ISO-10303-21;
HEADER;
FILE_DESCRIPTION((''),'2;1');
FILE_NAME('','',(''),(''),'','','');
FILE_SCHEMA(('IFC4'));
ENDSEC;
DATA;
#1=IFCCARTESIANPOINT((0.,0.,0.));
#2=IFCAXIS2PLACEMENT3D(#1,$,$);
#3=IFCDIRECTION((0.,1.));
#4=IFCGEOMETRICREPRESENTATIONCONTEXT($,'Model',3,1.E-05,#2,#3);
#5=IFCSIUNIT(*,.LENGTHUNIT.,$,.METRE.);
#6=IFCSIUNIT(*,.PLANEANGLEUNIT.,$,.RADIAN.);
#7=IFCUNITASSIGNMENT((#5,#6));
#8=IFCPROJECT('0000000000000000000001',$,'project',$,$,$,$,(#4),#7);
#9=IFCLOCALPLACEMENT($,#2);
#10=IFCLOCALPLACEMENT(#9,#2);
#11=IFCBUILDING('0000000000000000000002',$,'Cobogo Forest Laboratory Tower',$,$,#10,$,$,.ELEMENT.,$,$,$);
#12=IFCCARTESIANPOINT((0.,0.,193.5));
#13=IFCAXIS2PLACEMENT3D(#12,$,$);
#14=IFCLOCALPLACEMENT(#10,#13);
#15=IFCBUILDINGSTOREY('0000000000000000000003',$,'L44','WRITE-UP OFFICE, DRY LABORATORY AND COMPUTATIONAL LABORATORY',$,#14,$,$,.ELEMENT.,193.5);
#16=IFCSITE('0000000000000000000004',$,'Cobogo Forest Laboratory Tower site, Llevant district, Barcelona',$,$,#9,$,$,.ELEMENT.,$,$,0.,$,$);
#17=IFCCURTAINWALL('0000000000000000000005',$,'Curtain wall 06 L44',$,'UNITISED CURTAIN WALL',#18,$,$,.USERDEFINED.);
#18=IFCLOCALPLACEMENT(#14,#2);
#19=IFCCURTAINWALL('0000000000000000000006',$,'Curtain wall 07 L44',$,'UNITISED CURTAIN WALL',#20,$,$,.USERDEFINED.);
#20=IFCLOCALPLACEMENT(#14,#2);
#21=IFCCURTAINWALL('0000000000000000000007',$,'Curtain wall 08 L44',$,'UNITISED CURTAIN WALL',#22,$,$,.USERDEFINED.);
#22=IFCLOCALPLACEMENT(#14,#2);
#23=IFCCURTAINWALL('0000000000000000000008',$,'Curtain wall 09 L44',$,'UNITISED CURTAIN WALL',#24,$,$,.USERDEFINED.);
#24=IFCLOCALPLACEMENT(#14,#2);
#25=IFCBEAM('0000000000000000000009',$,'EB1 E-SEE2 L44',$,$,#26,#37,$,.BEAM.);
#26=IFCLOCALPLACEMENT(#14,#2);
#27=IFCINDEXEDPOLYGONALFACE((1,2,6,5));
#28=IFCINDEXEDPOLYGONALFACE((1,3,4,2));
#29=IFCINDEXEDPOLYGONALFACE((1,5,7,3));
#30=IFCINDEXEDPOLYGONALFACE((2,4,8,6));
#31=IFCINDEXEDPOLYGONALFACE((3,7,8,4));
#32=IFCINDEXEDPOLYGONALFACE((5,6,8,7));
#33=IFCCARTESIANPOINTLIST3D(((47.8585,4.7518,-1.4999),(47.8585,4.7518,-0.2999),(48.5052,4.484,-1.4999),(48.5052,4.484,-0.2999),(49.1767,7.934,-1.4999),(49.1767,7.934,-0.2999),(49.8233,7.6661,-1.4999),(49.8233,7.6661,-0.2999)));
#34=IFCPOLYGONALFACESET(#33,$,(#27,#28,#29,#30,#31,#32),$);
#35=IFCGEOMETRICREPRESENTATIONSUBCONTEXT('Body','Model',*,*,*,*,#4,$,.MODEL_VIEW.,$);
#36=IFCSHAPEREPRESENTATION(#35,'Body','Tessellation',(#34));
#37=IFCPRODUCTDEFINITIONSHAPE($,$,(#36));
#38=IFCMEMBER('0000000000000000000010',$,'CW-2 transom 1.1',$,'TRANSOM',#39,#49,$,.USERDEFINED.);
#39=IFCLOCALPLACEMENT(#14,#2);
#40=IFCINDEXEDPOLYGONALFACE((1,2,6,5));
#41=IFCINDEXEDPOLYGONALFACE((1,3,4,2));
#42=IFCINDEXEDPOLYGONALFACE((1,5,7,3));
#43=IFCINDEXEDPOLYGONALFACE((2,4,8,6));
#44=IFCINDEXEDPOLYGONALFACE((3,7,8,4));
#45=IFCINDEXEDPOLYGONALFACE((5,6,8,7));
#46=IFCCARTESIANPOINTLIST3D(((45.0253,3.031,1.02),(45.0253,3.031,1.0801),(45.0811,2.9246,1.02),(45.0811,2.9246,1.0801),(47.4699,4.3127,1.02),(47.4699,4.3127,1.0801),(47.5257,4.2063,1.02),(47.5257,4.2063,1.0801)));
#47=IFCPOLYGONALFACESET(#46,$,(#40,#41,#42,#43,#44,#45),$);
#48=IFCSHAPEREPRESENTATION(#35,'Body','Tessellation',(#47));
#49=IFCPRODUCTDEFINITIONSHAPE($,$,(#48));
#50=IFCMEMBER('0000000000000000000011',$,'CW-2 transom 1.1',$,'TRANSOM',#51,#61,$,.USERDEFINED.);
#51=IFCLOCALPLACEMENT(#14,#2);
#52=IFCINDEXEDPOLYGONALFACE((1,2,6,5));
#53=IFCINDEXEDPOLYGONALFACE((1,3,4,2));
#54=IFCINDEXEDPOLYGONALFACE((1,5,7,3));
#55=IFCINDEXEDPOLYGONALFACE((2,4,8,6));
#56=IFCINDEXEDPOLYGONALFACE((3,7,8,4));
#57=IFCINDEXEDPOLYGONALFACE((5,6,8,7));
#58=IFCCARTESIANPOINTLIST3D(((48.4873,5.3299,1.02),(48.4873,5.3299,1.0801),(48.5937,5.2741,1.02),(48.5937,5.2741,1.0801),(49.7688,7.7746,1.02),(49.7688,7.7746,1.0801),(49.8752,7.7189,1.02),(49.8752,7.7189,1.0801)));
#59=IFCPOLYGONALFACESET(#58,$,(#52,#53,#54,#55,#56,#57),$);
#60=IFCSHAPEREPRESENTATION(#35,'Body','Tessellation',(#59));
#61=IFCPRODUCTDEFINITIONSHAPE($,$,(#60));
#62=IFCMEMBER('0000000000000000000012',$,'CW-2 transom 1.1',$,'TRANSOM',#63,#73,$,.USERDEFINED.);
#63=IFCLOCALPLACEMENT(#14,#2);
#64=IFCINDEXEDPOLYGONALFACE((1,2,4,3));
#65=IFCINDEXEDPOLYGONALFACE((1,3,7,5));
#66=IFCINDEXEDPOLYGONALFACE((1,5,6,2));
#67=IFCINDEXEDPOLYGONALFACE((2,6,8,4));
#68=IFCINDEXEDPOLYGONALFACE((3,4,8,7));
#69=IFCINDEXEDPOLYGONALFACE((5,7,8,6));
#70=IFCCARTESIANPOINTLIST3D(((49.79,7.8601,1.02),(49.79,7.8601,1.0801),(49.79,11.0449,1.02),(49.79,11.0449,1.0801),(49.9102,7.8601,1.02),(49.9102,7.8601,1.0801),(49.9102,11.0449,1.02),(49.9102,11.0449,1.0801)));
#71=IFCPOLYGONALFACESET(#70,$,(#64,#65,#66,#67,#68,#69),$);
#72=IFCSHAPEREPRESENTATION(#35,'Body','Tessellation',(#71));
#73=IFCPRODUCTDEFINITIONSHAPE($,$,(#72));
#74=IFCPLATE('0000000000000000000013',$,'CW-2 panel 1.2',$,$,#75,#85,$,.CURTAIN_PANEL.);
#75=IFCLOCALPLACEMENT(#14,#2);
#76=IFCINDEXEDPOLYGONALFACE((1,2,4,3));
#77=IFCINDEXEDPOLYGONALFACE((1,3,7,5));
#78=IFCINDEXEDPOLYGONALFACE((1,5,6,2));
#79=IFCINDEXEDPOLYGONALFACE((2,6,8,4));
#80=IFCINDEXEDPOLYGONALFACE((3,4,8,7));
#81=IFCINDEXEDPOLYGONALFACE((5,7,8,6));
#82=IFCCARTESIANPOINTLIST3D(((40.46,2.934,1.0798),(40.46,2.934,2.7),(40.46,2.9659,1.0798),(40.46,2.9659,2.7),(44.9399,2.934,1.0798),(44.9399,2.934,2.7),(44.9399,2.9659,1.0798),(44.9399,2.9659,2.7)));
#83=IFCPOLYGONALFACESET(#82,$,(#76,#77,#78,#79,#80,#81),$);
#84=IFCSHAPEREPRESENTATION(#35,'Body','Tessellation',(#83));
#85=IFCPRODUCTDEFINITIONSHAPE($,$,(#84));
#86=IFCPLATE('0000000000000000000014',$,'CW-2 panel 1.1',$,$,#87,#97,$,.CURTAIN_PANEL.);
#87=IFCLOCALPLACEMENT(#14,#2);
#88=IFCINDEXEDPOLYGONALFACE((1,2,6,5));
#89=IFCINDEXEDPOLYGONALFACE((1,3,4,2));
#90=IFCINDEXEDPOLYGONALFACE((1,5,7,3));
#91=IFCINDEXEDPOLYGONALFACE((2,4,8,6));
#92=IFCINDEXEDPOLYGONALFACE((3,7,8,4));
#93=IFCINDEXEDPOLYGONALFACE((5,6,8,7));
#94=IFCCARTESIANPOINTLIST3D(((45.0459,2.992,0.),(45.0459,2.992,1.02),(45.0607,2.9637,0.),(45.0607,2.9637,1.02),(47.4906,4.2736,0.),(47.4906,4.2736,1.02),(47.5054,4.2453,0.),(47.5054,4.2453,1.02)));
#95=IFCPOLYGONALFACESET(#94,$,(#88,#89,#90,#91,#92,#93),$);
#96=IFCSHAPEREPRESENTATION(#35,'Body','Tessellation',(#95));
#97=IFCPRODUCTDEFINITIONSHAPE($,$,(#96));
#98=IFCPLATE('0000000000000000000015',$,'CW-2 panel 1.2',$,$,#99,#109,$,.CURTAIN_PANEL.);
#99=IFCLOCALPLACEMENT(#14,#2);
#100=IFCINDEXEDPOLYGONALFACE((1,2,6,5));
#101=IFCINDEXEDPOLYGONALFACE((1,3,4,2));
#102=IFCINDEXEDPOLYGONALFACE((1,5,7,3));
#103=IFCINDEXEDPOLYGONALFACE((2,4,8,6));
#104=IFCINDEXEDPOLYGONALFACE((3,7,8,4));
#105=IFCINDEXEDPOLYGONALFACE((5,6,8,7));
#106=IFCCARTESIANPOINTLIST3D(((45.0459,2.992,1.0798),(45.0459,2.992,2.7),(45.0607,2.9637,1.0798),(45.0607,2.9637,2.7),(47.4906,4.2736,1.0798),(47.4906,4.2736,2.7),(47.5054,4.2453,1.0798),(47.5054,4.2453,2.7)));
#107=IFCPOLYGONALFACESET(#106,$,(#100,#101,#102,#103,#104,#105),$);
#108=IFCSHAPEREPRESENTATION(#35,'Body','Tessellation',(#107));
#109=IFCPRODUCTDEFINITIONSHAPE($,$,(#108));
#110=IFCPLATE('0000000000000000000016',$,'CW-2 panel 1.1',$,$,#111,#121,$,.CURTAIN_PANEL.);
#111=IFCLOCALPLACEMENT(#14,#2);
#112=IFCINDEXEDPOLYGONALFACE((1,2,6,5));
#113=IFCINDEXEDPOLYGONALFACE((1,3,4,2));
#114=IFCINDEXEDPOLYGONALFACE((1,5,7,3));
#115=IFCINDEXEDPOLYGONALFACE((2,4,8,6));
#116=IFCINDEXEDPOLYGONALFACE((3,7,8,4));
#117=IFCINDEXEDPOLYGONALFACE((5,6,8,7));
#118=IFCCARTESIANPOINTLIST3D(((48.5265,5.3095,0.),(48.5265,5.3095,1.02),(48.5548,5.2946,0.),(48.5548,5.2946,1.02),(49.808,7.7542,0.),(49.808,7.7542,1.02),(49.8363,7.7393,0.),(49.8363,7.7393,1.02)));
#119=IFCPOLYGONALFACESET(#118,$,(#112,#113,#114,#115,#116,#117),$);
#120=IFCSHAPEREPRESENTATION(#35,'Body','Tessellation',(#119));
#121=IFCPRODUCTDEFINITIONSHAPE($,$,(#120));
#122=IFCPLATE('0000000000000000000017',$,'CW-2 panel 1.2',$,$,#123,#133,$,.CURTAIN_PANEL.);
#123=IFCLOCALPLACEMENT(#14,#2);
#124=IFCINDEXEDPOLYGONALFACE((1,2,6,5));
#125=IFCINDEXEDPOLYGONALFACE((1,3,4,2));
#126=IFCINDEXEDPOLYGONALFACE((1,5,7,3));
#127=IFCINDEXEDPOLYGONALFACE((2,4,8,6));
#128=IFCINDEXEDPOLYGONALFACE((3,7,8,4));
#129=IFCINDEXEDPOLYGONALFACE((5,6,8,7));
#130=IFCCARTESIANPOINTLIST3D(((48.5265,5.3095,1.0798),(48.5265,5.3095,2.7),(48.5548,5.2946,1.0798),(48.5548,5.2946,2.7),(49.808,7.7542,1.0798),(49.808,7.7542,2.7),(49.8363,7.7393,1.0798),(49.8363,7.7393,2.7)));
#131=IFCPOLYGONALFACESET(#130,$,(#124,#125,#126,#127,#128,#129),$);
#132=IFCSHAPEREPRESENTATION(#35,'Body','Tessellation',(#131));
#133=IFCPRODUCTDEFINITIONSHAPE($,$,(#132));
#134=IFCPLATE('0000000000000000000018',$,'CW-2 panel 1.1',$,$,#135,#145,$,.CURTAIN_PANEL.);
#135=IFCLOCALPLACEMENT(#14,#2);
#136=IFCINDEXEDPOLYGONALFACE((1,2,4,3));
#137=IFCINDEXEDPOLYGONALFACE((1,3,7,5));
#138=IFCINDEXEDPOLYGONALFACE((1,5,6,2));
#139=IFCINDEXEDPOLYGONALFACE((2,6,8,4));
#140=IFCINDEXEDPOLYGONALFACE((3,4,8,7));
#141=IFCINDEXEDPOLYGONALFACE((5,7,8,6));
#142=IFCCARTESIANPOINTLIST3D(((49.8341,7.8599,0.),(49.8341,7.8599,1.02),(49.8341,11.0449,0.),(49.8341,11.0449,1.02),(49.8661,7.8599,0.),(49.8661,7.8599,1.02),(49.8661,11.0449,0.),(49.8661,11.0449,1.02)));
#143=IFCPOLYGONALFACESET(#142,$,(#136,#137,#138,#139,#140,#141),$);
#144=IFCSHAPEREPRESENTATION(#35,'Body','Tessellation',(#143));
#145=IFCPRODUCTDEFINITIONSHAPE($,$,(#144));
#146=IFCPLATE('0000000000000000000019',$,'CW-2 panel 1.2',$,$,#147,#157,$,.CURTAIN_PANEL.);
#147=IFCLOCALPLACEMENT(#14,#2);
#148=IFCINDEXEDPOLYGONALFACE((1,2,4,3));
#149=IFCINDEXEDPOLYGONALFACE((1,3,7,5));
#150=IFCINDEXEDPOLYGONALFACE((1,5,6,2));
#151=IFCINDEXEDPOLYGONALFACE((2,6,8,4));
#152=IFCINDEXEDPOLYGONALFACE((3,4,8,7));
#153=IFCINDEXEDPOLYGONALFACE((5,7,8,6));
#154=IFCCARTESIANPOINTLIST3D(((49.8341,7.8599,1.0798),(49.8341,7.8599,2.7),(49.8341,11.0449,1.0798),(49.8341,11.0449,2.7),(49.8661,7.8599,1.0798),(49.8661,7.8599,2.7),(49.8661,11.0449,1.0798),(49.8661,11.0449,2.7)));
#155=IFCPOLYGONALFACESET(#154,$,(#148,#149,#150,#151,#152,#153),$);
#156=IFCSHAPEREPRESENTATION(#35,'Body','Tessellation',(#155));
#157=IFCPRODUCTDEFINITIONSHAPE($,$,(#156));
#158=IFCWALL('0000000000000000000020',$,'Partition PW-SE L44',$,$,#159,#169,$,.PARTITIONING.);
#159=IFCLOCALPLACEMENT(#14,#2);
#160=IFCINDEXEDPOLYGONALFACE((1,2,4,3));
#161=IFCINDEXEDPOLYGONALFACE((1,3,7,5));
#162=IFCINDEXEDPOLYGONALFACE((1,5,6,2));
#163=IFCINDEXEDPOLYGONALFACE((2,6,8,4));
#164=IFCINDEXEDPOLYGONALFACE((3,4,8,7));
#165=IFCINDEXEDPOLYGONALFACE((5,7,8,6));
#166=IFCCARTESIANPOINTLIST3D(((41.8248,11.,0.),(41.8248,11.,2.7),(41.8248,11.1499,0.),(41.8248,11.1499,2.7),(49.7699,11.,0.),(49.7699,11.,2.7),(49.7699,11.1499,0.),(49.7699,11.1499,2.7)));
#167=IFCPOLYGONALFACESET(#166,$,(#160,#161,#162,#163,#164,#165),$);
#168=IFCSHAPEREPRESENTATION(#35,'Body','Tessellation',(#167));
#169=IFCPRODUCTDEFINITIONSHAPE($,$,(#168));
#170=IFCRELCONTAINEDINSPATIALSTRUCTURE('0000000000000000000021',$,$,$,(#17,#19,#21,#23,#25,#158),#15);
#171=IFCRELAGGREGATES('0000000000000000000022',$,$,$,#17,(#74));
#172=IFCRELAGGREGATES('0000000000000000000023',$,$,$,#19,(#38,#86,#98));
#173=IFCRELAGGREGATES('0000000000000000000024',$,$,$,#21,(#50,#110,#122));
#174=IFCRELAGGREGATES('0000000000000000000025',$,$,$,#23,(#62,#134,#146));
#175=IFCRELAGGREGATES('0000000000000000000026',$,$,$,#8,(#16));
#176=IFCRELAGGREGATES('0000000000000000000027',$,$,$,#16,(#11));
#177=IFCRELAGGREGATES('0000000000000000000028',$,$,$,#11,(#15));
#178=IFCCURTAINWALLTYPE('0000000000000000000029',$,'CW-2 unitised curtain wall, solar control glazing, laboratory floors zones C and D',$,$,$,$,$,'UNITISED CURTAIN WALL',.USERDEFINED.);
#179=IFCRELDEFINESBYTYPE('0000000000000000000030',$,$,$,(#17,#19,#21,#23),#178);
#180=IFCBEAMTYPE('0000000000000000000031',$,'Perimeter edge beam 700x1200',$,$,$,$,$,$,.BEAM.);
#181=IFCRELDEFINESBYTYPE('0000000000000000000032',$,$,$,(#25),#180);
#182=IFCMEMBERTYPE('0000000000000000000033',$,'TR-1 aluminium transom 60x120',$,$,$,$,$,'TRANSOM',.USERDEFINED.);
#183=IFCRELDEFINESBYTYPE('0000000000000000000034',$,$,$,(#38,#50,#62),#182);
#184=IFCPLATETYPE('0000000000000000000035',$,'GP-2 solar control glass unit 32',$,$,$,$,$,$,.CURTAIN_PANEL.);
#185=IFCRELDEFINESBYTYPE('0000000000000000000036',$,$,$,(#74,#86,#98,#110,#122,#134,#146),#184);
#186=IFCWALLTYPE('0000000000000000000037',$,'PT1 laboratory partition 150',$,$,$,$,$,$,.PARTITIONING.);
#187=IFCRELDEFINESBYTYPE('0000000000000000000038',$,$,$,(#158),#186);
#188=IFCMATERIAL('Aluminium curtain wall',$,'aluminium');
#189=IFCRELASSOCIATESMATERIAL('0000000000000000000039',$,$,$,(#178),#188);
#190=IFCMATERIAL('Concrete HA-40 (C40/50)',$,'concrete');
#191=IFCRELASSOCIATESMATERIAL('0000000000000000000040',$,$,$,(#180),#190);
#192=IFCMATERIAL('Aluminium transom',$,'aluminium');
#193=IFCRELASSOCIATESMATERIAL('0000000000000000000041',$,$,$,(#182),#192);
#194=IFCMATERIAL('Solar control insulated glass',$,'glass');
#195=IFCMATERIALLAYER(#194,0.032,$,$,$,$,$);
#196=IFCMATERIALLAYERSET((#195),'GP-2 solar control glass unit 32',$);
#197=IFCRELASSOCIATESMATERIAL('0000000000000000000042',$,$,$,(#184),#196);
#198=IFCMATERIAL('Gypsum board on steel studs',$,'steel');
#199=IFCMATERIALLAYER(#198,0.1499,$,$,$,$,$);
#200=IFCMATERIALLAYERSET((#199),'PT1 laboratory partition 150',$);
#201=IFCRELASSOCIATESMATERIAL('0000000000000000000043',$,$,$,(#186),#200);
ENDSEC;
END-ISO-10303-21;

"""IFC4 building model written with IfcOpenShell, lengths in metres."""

from ifc_helpers import new_model, si_unit, direction, frame, frame_2d, origin, origin_2d, place, context, subcontext, project, spatial, rectangle, extrude, material, layer, layer_set, material_profile, profile_set, type_object, element, aggregate, save


model = new_model("IFC4")

# Units and contexts
model_context = context("Model", 3, precision=1e-05, world=origin(), true_north=direction((0.0, 1.0)))
body_context = subcontext(model_context, "Body", "Model", "MODEL_VIEW")
ifc_project = project(units=[si_unit("LENGTHUNIT", "METRE"), si_unit("PLANEANGLEUNIT", "RADIAN")], contexts=[model_context])

# Site, building, storey
site_placement = place(None, origin())
site = spatial("IfcSite", under=ifc_project, at=site_placement, Name="Cobogo Forest Laboratory Tower site, Llevant district, Barcelona", CompositionType="ELEMENT", RefElevation=0.0)
building_placement = place(site_placement, origin())
building = spatial("IfcBuilding", under=site, at=building_placement, Name="Cobogo Forest Laboratory Tower", CompositionType="ELEMENT")
storey_placement = place(building_placement, frame((0.0, 0.0, 193.5)))
storey = spatial("IfcBuildingStorey", under=building, at=storey_placement, Name="L44", Description="WRITE-UP OFFICE, DRY LABORATORY AND COMPUTATIONAL LABORATORY", CompositionType="ELEMENT", Elevation=193.5)

# Shared definitions
ifc_material_1 = material(Name="Concrete HA-40 (C40/50)", Category="concrete")

# Curtain wall
ifc_material_2 = material(Name="Aluminium curtain wall", Category="aluminium")
curtain_wall_type = type_object("IfcCurtainWallType", Name="CW-2 unitised curtain wall, solar control glazing, laboratory floors zones C and D", ElementType="UNITISED CURTAIN WALL", PredefinedType="USERDEFINED", material=ifc_material_2)
curtain_wall_1_placement = place(storey_placement, origin())
curtain_wall_1 = element("IfcCurtainWall", 1, at=curtain_wall_1_placement, inside=storey, type_object=curtain_wall_type, Name="Curtain wall 06 L44", ObjectType="UNITISED CURTAIN WALL", PredefinedType="USERDEFINED")

# Curtain walls
curtain_wall_2_placement = place(storey_placement, origin())
curtain_wall_2 = element("IfcCurtainWall", 2, at=curtain_wall_2_placement, inside=storey, type_object=curtain_wall_type, Name="Curtain wall 07 L44", ObjectType="UNITISED CURTAIN WALL", PredefinedType="USERDEFINED")
curtain_wall_3_placement = place(storey_placement, origin())
curtain_wall_3 = element("IfcCurtainWall", 3, at=curtain_wall_3_placement, inside=storey, type_object=curtain_wall_type, Name="Curtain wall 08 L44", ObjectType="UNITISED CURTAIN WALL", PredefinedType="USERDEFINED")
curtain_wall_4_placement = place(storey_placement, origin())
curtain_wall_4 = element("IfcCurtainWall", 4, at=curtain_wall_4_placement, inside=storey, type_object=curtain_wall_type, Name="Curtain wall 09 L44", ObjectType="UNITISED CURTAIN WALL", PredefinedType="USERDEFINED")

# Beam
ifc_material_profile_1 = material_profile(ifc_material_1, rectangle(XDim=0.7, YDim=1.2, at=origin_2d()), Name="RC 700x1200")
ifc_profile_set_1 = profile_set([ifc_material_profile_1], Name="Concrete HA-40 (C40/50)")
beam_type_1 = type_object("IfcBeamType", Name="Perimeter edge beam 700x1200", PredefinedType="BEAM", material=ifc_profile_set_1)
beam_1_placement = place(storey_placement, frame((49.5, 7.8, -0.8999), z_axis=(-0.382692, -0.923876, 0.0), x_axis=(0.923876, -0.382692, 0.0)))
element("IfcBeam", 5, at=beam_1_placement, inside=storey, type_object=beam_type_1, Name="EB1 E-SEE2 L44", PredefinedType="BEAM", context=body_context, shape_type="SweptSolid", body=[
    extrude(rectangle(XDim=0.7, YDim=1.2, at=origin_2d()), origin(), (0.0, 0.0, 1.0), 3.4443),
])

# Members
ifc_material_3 = material(Name="Aluminium transom", Category="aluminium")
ifc_material_profile_2 = material_profile(ifc_material_3, rectangle(XDim=0.1201, YDim=0.0601, at=origin_2d()), Name="AL 60x120")
ifc_profile_set_2 = profile_set([ifc_material_profile_2], Name="Aluminium transom")
member_type_1 = type_object("IfcMemberType", Name="TR-1 aluminium transom 60x120", ElementType="TRANSOM", PredefinedType="USERDEFINED", material=ifc_profile_set_2)
member_1_placement = place(storey_placement, frame((45.0532, 2.9778, 1.05), z_axis=(0.885646, 0.464361, 0.0), x_axis=(-0.464361, 0.885646, 0.0)))
member_1 = element("IfcMember", 6, at=member_1_placement, type_object=member_type_1, Name="CW-2 transom 1.1", ObjectType="TRANSOM", PredefinedType="USERDEFINED", context=body_context, shape_type="SweptSolid", body=[
    extrude(rectangle(XDim=0.1201, YDim=0.0601, at=origin_2d()), origin(), (0.0, 0.0, 1.0), 2.7603),
])
member_2_placement = place(storey_placement, frame((48.5405, 5.302, 1.05), z_axis=(0.464255, 0.885702, 0.0), x_axis=(-0.885702, 0.464255, 0.0)))
member_2 = element("IfcMember", 7, at=member_2_placement, type_object=member_type_1, Name="CW-2 transom 1.1", ObjectType="TRANSOM", PredefinedType="USERDEFINED", context=body_context, shape_type="SweptSolid", body=[
    extrude(rectangle(XDim=0.1201, YDim=0.0601, at=origin_2d()), origin(), (0.0, 0.0, 1.0), 2.7603),
])
member_3_placement = place(storey_placement, frame((49.8501, 7.8601, 1.05), z_axis=(0.0, 1.0, 0.0), x_axis=(-1.0, 0.0, 0.0)))
member_3 = element("IfcMember", 8, at=member_3_placement, type_object=member_type_1, Name="CW-2 transom 1.1", ObjectType="TRANSOM", PredefinedType="USERDEFINED", context=body_context, shape_type="SweptSolid", body=[
    extrude(rectangle(XDim=0.1201, YDim=0.0601, at=origin_2d()), origin(), (0.0, 0.0, 1.0), 3.1848),
])

# Plates
ifc_material_4 = material(Name="Solar control insulated glass", Category="glass")
ifc_layer_1 = layer(ifc_material_4, 0.032)
ifc_layer_set_1 = layer_set([ifc_layer_1], Name="GP-2 solar control glass unit 32")
plate_type = type_object("IfcPlateType", Name="GP-2 solar control glass unit 32", PredefinedType="CURTAIN_PANEL", material=ifc_layer_set_1)
plate_1_placement = place(storey_placement, frame((42.7, 2.95, 1.0798), z_axis=(0.0, 0.0, 1.0), x_axis=(1.0, 0.0, 0.0)))
plate_1 = element("IfcPlate", 9, at=plate_1_placement, type_object=plate_type, Name="CW-2 panel 1.2", PredefinedType="CURTAIN_PANEL", context=body_context, shape_type="SweptSolid", body=[
    extrude(rectangle(XDim=4.48, YDim=0.032, at=origin_2d()), origin(), (0.0, 0.0, 1.0), 1.6201),
])
aggregate(curtain_wall_1, [plate_1])
plate_2_placement = place(storey_placement, frame((46.2756, 3.6187, 0.0), z_axis=(0.0, 0.0, 1.0), x_axis=(0.885686, 0.464284, 0.0)))
plate_2 = element("IfcPlate", 10, at=plate_2_placement, type_object=plate_type, Name="CW-2 panel 1.1", PredefinedType="CURTAIN_PANEL", context=body_context, shape_type="SweptSolid", body=[
    extrude(rectangle(XDim=2.7603, YDim=0.032, at=origin_2d()), origin(), (0.0, 0.0, 1.0), 1.02),
])
plate_3_placement = place(storey_placement, frame((46.2756, 3.6187, 1.0798), z_axis=(0.0, 0.0, 1.0), x_axis=(0.885686, 0.464284, 0.0)))
plate_3 = element("IfcPlate", 11, at=plate_3_placement, type_object=plate_type, Name="CW-2 panel 1.2", PredefinedType="CURTAIN_PANEL", context=body_context, shape_type="SweptSolid", body=[
    extrude(rectangle(XDim=2.7603, YDim=0.032, at=origin_2d()), origin(), (0.0, 0.0, 1.0), 1.6201),
])
aggregate(curtain_wall_2, [member_1, plate_2, plate_3])
plate_4_placement = place(storey_placement, frame((49.1814, 6.5244, 0.0), z_axis=(0.0, 0.0, 1.0), x_axis=(0.464284, 0.885686, 0.0)))
plate_4 = element("IfcPlate", 12, at=plate_4_placement, type_object=plate_type, Name="CW-2 panel 1.1", PredefinedType="CURTAIN_PANEL", context=body_context, shape_type="SweptSolid", body=[
    extrude(rectangle(XDim=2.7603, YDim=0.032, at=origin_2d()), origin(), (0.0, 0.0, 1.0), 1.02),
])
plate_5_placement = place(storey_placement, frame((49.1814, 6.5244, 1.0798), z_axis=(0.0, 0.0, 1.0), x_axis=(0.464284, 0.885686, 0.0)))
plate_5 = element("IfcPlate", 13, at=plate_5_placement, type_object=plate_type, Name="CW-2 panel 1.2", PredefinedType="CURTAIN_PANEL", context=body_context, shape_type="SweptSolid", body=[
    extrude(rectangle(XDim=2.7603, YDim=0.032, at=origin_2d()), origin(), (0.0, 0.0, 1.0), 1.6201),
])
aggregate(curtain_wall_3, [member_2, plate_4, plate_5])
plate_6_placement = place(storey_placement, frame((49.8501, 9.4524, 0.0), z_axis=(0.0, 0.0, 1.0), x_axis=(0.0, 1.0, 0.0)))
plate_6 = element("IfcPlate", 14, at=plate_6_placement, type_object=plate_type, Name="CW-2 panel 1.1", PredefinedType="CURTAIN_PANEL", context=body_context, shape_type="SweptSolid", body=[
    extrude(rectangle(XDim=3.1851, YDim=0.032, at=origin_2d()), origin(), (0.0, 0.0, 1.0), 1.02),
])
plate_7_placement = place(storey_placement, frame((49.8501, 9.4524, 1.0798), z_axis=(0.0, 0.0, 1.0), x_axis=(0.0, 1.0, 0.0)))
plate_7 = element("IfcPlate", 15, at=plate_7_placement, type_object=plate_type, Name="CW-2 panel 1.2", PredefinedType="CURTAIN_PANEL", context=body_context, shape_type="SweptSolid", body=[
    extrude(rectangle(XDim=3.1851, YDim=0.032, at=origin_2d()), origin(), (0.0, 0.0, 1.0), 1.6201),
])
aggregate(curtain_wall_4, [member_3, plate_6, plate_7])

# Wall
ifc_material_5 = material(Name="Gypsum board on steel studs", Category="steel")
ifc_layer_2 = layer(ifc_material_5, 0.1499)
ifc_layer_set_2 = layer_set([ifc_layer_2], Name="PT1 laboratory partition 150")
wall_type = type_object("IfcWallType", Name="PT1 laboratory partition 150", PredefinedType="PARTITIONING", material=ifc_layer_set_2)
wall_placement = place(storey_placement, frame((49.77, 11.075, 0.0), z_axis=(0.0, 0.0, 1.0), x_axis=(-1.0, 0.0, 0.0)))
element("IfcWall", 16, at=wall_placement, inside=storey, type_object=wall_type, Name="Partition PW-SE L44", PredefinedType="PARTITIONING", context=body_context, shape_type="SweptSolid", body=[
    extrude(rectangle(XDim=7.9451, YDim=0.1499, at=frame_2d((3.9727, 0.0))), origin(), (0.0, 0.0, 1.0), 2.7),
])

save(model, "model.ifc")
